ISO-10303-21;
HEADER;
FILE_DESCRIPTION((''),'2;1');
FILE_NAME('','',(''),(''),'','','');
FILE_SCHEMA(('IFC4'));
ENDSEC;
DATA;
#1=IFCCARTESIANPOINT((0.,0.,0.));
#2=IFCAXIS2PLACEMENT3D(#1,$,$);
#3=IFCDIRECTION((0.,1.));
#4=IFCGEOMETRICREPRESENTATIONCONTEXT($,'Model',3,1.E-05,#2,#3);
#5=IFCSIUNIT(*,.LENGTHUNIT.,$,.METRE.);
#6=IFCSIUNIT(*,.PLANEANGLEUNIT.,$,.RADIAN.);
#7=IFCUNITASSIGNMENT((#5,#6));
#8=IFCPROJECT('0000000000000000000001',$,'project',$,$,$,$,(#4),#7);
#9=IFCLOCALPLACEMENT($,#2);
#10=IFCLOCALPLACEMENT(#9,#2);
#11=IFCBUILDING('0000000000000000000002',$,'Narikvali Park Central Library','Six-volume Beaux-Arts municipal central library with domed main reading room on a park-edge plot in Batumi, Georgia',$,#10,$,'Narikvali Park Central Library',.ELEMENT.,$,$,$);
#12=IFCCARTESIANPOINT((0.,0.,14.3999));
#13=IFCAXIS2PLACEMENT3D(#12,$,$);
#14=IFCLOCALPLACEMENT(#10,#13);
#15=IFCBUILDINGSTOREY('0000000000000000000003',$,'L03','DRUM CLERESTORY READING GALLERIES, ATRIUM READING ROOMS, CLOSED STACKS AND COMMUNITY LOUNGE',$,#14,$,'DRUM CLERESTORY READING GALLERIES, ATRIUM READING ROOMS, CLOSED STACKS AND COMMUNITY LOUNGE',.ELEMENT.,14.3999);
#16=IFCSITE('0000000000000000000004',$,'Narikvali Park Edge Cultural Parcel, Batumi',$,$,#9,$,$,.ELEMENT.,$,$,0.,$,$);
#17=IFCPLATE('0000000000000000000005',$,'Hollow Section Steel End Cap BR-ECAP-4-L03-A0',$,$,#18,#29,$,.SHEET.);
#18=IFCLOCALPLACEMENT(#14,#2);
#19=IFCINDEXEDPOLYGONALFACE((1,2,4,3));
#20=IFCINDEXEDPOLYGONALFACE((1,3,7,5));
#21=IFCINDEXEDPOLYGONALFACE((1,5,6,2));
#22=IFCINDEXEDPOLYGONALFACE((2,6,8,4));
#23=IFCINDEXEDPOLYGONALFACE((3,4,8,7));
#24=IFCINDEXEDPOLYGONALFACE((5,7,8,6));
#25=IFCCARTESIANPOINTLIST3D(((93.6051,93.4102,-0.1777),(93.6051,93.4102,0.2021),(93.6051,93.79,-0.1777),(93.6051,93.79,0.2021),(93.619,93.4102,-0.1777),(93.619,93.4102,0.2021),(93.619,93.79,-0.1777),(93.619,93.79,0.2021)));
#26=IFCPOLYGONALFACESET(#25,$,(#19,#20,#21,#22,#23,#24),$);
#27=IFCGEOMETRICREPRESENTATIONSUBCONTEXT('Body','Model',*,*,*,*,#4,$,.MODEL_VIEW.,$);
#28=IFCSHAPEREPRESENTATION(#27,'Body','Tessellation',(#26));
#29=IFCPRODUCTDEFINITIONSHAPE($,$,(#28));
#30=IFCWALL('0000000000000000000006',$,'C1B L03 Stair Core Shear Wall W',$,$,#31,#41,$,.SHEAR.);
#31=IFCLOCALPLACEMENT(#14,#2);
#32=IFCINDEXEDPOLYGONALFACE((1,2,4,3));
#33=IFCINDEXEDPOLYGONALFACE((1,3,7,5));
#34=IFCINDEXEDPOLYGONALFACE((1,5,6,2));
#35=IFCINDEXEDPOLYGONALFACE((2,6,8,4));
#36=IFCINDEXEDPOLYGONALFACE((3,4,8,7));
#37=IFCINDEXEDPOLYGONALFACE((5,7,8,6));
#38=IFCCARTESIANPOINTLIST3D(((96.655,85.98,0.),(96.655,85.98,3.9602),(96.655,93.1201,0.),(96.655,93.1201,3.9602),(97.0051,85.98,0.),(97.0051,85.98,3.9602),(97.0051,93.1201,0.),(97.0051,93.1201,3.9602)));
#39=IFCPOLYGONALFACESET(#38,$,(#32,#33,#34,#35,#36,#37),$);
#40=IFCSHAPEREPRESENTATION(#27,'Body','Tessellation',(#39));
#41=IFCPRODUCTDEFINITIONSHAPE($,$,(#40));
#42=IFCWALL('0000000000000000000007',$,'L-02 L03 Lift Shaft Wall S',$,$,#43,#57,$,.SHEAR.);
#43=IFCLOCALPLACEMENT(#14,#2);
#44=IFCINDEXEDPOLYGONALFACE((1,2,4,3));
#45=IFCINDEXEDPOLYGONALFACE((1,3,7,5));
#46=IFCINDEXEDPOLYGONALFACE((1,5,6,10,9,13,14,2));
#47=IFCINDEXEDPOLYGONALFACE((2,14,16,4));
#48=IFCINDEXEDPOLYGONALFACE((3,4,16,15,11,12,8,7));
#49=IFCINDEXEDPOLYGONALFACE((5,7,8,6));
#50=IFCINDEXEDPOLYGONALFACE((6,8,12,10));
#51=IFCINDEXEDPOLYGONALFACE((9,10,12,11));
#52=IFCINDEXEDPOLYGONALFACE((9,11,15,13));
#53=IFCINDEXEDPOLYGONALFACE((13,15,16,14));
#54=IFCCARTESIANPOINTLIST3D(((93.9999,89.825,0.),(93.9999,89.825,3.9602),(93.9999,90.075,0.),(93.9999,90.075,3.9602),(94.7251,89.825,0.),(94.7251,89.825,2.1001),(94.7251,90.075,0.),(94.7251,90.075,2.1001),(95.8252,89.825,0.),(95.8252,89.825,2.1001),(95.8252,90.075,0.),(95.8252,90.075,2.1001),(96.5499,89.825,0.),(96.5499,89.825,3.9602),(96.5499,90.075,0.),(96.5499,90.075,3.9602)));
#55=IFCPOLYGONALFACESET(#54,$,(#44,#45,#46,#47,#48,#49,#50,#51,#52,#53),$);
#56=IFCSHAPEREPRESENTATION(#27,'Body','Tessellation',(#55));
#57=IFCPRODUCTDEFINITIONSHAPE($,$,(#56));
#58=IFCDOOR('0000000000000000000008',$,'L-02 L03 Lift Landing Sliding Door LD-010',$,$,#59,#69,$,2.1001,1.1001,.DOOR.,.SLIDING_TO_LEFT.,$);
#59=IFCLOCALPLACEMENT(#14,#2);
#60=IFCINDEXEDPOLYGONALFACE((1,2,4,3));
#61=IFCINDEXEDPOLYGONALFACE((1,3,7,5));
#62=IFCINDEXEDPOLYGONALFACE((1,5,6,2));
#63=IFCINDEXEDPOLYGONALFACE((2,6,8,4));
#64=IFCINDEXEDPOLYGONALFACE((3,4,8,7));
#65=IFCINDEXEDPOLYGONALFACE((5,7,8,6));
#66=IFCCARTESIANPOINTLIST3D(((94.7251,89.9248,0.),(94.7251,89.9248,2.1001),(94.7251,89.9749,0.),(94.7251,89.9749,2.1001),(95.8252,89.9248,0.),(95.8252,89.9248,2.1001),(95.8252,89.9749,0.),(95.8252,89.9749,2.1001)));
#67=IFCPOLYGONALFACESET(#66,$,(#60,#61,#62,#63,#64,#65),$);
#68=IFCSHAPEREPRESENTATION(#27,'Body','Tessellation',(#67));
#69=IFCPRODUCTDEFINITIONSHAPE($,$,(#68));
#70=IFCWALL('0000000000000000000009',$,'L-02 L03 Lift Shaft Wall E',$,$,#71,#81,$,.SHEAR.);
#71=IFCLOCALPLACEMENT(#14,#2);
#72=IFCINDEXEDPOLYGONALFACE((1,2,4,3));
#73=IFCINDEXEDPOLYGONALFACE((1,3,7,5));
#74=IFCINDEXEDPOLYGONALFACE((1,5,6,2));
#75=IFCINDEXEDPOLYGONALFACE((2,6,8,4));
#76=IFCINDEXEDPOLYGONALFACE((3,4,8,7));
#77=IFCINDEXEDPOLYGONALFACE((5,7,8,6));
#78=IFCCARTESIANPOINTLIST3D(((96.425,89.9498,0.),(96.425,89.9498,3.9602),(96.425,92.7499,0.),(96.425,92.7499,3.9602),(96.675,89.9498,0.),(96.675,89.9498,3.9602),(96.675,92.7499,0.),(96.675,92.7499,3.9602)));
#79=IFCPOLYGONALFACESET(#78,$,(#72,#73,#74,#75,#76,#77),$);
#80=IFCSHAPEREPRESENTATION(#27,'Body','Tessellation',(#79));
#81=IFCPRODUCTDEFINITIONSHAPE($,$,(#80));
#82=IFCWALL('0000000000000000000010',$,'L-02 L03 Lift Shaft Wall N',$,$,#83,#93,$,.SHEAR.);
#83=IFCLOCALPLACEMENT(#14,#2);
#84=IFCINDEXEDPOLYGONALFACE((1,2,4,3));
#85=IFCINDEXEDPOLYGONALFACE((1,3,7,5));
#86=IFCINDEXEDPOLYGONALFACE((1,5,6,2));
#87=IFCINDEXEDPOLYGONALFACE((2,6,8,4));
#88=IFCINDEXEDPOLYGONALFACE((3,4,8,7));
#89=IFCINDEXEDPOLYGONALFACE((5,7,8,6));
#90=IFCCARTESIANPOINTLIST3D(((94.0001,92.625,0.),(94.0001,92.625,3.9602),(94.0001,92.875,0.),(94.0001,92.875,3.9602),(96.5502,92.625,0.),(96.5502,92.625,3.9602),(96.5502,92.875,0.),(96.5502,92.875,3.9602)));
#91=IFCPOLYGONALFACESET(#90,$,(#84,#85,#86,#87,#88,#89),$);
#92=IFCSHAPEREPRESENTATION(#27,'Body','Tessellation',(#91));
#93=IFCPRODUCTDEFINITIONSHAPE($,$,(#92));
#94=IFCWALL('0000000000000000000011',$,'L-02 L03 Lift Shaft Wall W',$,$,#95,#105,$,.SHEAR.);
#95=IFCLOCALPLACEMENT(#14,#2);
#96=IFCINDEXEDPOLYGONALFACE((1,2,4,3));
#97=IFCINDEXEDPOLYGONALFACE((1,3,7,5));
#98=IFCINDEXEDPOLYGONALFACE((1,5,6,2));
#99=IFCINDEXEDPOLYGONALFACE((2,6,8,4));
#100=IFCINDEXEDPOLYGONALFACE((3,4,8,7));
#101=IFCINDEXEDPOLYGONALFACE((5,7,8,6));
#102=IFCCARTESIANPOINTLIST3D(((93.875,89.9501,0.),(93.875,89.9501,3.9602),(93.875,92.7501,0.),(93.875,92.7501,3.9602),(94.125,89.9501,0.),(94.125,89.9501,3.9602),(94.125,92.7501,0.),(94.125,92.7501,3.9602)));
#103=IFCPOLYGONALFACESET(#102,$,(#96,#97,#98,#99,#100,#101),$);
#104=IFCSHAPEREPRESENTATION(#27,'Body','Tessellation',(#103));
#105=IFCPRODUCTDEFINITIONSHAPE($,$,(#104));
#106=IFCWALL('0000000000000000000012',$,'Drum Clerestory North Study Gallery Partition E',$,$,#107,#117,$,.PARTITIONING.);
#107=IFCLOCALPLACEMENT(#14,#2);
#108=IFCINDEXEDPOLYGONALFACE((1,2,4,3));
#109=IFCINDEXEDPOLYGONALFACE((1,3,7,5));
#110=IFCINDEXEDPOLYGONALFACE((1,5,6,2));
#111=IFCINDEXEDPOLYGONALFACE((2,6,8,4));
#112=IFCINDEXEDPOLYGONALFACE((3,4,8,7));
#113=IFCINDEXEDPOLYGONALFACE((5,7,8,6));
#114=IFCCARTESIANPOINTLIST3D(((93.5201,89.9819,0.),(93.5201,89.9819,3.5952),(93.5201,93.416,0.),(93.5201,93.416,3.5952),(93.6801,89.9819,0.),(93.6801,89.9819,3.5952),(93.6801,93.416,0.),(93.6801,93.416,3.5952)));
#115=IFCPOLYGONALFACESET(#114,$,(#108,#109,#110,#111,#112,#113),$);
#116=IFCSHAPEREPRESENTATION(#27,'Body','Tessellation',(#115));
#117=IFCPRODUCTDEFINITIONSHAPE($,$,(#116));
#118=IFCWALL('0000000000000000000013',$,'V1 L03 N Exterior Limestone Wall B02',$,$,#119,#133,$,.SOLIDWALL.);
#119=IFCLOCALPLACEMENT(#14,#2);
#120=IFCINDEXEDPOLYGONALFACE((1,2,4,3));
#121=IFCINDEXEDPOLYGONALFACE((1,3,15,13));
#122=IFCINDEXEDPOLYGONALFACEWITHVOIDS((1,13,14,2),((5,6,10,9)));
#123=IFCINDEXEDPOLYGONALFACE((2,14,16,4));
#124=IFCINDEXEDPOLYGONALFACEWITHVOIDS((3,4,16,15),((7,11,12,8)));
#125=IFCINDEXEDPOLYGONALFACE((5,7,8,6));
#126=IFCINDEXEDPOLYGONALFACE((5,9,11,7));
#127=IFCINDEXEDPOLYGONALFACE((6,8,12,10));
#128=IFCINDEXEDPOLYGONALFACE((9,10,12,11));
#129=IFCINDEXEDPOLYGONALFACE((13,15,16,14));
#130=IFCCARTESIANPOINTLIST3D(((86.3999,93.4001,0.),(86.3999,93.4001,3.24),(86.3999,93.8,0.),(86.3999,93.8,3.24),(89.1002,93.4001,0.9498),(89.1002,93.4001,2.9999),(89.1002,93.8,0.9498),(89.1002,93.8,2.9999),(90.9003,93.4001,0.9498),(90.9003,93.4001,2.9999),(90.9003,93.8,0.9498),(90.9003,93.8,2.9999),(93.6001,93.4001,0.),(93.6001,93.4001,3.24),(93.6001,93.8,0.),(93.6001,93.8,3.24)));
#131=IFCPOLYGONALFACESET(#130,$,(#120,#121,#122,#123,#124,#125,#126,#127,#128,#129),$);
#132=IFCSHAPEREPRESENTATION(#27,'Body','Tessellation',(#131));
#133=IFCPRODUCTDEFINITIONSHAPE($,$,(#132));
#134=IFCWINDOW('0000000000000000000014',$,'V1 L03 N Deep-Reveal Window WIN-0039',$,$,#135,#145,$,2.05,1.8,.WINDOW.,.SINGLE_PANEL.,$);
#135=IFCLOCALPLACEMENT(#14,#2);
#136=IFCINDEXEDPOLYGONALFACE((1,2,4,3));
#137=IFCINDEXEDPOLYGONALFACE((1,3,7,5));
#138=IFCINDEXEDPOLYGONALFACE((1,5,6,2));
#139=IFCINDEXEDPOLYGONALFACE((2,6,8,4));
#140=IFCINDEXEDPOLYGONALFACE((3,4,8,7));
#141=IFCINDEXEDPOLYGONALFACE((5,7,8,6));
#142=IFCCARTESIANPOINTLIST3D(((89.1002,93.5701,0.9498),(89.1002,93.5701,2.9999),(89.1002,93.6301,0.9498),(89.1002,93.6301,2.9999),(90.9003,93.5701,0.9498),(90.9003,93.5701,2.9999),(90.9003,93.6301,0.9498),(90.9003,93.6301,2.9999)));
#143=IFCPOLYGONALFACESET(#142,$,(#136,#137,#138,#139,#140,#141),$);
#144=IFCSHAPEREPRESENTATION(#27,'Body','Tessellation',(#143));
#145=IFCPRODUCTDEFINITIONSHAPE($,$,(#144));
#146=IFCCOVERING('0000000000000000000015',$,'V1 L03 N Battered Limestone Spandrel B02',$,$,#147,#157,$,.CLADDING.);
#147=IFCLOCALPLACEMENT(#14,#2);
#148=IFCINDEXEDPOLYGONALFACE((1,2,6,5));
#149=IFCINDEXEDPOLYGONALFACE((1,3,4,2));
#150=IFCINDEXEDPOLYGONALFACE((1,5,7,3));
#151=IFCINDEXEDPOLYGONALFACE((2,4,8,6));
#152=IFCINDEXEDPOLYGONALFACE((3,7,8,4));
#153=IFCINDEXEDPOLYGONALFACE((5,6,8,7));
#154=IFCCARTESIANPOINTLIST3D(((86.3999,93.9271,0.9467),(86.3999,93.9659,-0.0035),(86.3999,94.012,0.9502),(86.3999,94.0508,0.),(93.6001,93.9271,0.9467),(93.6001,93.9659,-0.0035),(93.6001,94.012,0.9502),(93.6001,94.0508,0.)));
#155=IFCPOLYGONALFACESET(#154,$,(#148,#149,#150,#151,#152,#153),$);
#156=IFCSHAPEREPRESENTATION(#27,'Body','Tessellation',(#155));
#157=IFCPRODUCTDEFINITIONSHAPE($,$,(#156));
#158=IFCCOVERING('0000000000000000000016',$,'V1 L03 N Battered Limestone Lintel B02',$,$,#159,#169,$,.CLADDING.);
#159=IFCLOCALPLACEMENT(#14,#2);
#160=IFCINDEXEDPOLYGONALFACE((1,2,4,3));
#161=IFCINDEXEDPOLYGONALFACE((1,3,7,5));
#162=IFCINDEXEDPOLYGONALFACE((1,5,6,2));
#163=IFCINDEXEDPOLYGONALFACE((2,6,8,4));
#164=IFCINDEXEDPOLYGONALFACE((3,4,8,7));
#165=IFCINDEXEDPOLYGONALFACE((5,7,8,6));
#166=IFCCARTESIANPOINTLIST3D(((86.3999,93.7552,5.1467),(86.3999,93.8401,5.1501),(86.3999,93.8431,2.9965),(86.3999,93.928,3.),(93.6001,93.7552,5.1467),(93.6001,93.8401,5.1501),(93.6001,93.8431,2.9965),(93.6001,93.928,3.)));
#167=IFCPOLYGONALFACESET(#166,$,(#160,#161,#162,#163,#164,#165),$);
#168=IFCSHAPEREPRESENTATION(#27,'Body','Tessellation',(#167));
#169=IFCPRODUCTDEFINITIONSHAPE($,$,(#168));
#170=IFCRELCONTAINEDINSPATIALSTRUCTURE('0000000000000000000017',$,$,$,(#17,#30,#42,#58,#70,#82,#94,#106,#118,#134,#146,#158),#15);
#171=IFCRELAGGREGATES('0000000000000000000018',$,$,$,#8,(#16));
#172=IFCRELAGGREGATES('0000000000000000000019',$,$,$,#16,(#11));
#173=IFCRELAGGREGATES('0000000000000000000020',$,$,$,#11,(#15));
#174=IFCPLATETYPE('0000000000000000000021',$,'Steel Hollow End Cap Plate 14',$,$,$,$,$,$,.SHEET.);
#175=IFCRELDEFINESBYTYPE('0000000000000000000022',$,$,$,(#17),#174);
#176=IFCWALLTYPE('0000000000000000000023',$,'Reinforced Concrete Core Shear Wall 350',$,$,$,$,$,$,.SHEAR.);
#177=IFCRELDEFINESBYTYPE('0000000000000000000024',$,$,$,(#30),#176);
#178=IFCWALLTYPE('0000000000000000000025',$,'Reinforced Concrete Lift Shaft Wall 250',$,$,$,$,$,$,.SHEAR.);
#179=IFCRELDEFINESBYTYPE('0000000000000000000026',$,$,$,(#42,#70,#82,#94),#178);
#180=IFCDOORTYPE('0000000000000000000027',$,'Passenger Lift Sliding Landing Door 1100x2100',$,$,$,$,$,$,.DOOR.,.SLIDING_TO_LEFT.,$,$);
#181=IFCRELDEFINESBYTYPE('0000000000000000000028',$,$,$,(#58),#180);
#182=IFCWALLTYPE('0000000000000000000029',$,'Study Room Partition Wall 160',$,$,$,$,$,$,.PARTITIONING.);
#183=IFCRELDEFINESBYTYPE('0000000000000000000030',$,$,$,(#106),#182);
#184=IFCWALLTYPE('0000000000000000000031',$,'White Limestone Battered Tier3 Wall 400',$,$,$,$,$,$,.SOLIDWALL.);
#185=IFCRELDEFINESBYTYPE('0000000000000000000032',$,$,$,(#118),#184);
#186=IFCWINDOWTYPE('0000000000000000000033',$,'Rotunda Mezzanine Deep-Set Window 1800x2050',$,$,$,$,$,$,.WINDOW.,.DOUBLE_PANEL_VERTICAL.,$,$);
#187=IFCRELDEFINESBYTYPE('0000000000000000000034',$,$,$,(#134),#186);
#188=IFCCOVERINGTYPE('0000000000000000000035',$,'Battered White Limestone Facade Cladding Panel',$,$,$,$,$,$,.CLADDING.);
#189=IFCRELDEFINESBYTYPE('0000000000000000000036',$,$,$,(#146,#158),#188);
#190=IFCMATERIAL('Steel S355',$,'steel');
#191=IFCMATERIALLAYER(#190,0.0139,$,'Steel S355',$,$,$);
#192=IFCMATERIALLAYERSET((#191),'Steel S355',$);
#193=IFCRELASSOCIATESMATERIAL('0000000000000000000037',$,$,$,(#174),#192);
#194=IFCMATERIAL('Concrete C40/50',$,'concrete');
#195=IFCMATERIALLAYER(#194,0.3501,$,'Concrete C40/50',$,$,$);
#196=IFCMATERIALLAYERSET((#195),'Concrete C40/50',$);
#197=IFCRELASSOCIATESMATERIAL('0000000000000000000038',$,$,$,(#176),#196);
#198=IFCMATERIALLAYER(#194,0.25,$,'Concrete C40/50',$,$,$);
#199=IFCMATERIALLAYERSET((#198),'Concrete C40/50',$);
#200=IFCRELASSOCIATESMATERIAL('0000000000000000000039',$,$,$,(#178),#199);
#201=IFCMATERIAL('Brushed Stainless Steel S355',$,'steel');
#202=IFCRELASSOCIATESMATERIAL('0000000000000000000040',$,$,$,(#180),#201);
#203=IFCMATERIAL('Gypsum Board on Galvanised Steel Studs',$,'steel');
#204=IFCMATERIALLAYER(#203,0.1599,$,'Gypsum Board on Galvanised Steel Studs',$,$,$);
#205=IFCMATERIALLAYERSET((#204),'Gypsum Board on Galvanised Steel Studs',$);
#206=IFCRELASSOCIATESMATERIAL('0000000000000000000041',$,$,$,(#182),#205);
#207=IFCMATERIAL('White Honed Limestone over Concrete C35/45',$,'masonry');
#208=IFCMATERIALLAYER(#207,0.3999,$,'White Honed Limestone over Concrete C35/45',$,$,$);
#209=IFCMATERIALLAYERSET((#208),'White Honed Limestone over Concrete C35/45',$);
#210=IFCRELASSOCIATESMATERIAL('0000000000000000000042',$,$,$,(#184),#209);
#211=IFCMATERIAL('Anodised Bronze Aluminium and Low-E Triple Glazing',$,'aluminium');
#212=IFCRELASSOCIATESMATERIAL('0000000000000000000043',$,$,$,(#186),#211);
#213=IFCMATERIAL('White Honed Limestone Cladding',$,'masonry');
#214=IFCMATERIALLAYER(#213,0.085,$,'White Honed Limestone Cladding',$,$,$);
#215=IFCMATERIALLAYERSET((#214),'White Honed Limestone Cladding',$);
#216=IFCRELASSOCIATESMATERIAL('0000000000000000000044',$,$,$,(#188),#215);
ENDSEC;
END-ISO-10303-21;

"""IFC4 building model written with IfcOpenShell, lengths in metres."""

from ifc_helpers import new_model, si_unit, direction, frame, frame_2d, origin, origin_2d, place, context, subcontext, project, spatial, polyline, rectangle, outline, extrude, material, layer, layer_set, type_object, element, fill, save


model = new_model("IFC4")

# Units and contexts
model_context = context("Model", 3, precision=1e-05, world=origin(), true_north=direction((0.0, 1.0)))
body_context = subcontext(model_context, "Body", "Model", "MODEL_VIEW")
ifc_project = project(units=[si_unit("LENGTHUNIT", "METRE"), si_unit("PLANEANGLEUNIT", "RADIAN")], contexts=[model_context])

# Site, building, storey
site_placement = place(None, origin())
site = spatial("IfcSite", under=ifc_project, at=site_placement, Name="Narikvali Park Edge Cultural Parcel, Batumi", CompositionType="ELEMENT", RefElevation=0.0)
building_placement = place(site_placement, origin())
building = spatial("IfcBuilding", under=site, at=building_placement, Name="Narikvali Park Central Library", Description="Six-volume Beaux-Arts municipal central library with domed main reading room on a park-edge plot in Batumi, Georgia", LongName="Narikvali Park Central Library", CompositionType="ELEMENT")
storey_placement = place(building_placement, frame((0.0, 0.0, 14.3999)))
storey = spatial("IfcBuildingStorey", under=building, at=storey_placement, Name="L03", Description="DRUM CLERESTORY READING GALLERIES, ATRIUM READING ROOMS, CLOSED STACKS AND COMMUNITY LOUNGE", LongName="DRUM CLERESTORY READING GALLERIES, ATRIUM READING ROOMS, CLOSED STACKS AND COMMUNITY LOUNGE", CompositionType="ELEMENT", Elevation=14.3999)

# Shared definitions
ifc_material_1 = material(Name="Steel S355", Category="steel")

# Plate
ifc_layer_1 = layer(ifc_material_1, 0.0139, Name="Steel S355")
ifc_layer_set_1 = layer_set([ifc_layer_1], Name="Steel S355")
plate_type_1 = type_object("IfcPlateType", Name="Steel Hollow End Cap Plate 14", PredefinedType="SHEET", material=ifc_layer_set_1)
plate_1_placement = place(storey_placement, frame((93.6121, 93.6001, -0.1777), z_axis=(0.0, 0.0, 1.0), x_axis=(-1.0, 0.0, 0.0)))
element("IfcPlate", 1, at=plate_1_placement, inside=storey, type_object=plate_type_1, Name="Hollow Section Steel End Cap BR-ECAP-4-L03-A0", PredefinedType="SHEET", context=body_context, shape_type="SweptSolid", body=[
    extrude(rectangle(XDim=0.0139, YDim=0.3799, at=origin_2d()), origin(), (0.0, 0.0, 1.0), 0.3799),
])

# Wall
ifc_material_2 = material(Name="Concrete C40/50", Category="concrete")
ifc_layer_2 = layer(ifc_material_2, 0.3501, Name="Concrete C40/50")
ifc_layer_set_2 = layer_set([ifc_layer_2], Name="Concrete C40/50")
wall_type_1 = type_object("IfcWallType", Name="Reinforced Concrete Core Shear Wall 350", PredefinedType="SHEAR", material=ifc_layer_set_2)
wall_1_placement = place(storey_placement, frame((96.8301, 93.1201, 0.0), z_axis=(0.0, 0.0, 1.0), x_axis=(0.0, -1.0, 0.0)))
element("IfcWall", 2, at=wall_1_placement, inside=storey, type_object=wall_type_1, Name="C1B L03 Stair Core Shear Wall W", PredefinedType="SHEAR", context=body_context, shape_type="SweptSolid", body=[
    extrude(rectangle(XDim=7.1401, YDim=0.3501, at=frame_2d((3.5701, 0.0))), origin(), (0.0, 0.0, 1.0), 3.9602),
])

# Wall, opening, door
ifc_layer_3 = layer(ifc_material_2, 0.25, Name="Concrete C40/50")
ifc_layer_set_3 = layer_set([ifc_layer_3], Name="Concrete C40/50")
wall_type_2 = type_object("IfcWallType", Name="Reinforced Concrete Lift Shaft Wall 250", PredefinedType="SHEAR", material=ifc_layer_set_3)
wall_2_placement = place(storey_placement, frame((94.0, 89.95, 0.0), z_axis=(0.0, 0.0, 1.0), x_axis=(1.0, 0.0, 0.0)))
wall_2 = element("IfcWall", 3, at=wall_2_placement, inside=storey, type_object=wall_type_2, Name="L-02 L03 Lift Shaft Wall S", PredefinedType="SHEAR", context=body_context, shape_type="SweptSolid", body=[
    extrude(rectangle(XDim=2.55, YDim=0.25, at=frame_2d((1.2749, 0.0))), origin(), (0.0, 0.0, 1.0), 3.9602),
])
opening_1_placement = place(wall_2_placement, frame((0.7251, 0.0, 0.0)))
opening_1 = element("IfcOpeningElement", 4, at=opening_1_placement, cuts=wall_2, PredefinedType="OPENING", context=body_context, shape_type="SweptSolid", body=[
    extrude(rectangle(XDim=1.1001, YDim=2.1001, at=frame_2d((0.55, 1.05))), frame((0.0, 0.137, 0.0), z_axis=(0.0, -1.0, 0.0), x_axis=(1.0, 0.0, 0.0)), (0.0, 0.0, 1.0), 0.2739),
])
ifc_material_3 = material(Name="Brushed Stainless Steel S355", Category="steel")
door_type = type_object("IfcDoorType", Name="Passenger Lift Sliding Landing Door 1100x2100", OperationType="SLIDING_TO_LEFT", PredefinedType="DOOR", material=ifc_material_3)
door_placement = place(opening_1_placement, origin())
door = element("IfcDoor", 5, at=door_placement, inside=storey, type_object=door_type, Name="L-02 L03 Lift Landing Sliding Door LD-010", OperationType="SLIDING_TO_LEFT", OverallHeight=2.1001, OverallWidth=1.1001, PredefinedType="DOOR", context=body_context, shape_type="SweptSolid", body=[
    extrude(rectangle(XDim=1.1001, YDim=2.1001, at=frame_2d((0.55, 1.05))), frame((0.0, 0.0249, 0.0), z_axis=(0.0, -1.0, 0.0), x_axis=(1.0, 0.0, 0.0)), (0.0, 0.0, 1.0), 0.05),
])
fill(opening_1, door)

# Walls
wall_3_placement = place(storey_placement, frame((96.55, 89.95, 0.0), z_axis=(0.0, 0.0, 1.0), x_axis=(0.0, 1.0, 0.0)))
element("IfcWall", 6, at=wall_3_placement, inside=storey, type_object=wall_type_2, Name="L-02 L03 Lift Shaft Wall E", PredefinedType="SHEAR", context=body_context, shape_type="SweptSolid", body=[
    extrude(rectangle(XDim=2.8, YDim=0.25, at=frame_2d((1.3999, 0.0))), origin(), (0.0, 0.0, 1.0), 3.9602),
])
wall_4_placement = place(storey_placement, frame((96.55, 92.75, 0.0), z_axis=(0.0, 0.0, 1.0), x_axis=(-1.0, 0.0, 0.0)))
element("IfcWall", 7, at=wall_4_placement, inside=storey, type_object=wall_type_2, Name="L-02 L03 Lift Shaft Wall N", PredefinedType="SHEAR", context=body_context, shape_type="SweptSolid", body=[
    extrude(rectangle(XDim=2.55, YDim=0.25, at=frame_2d((1.2749, 0.0))), origin(), (0.0, 0.0, 1.0), 3.9602),
])
wall_5_placement = place(storey_placement, frame((94.0, 92.75, 0.0), z_axis=(0.0, 0.0, 1.0), x_axis=(0.0, -1.0, 0.0)))
element("IfcWall", 8, at=wall_5_placement, inside=storey, type_object=wall_type_2, Name="L-02 L03 Lift Shaft Wall W", PredefinedType="SHEAR", context=body_context, shape_type="SweptSolid", body=[
    extrude(rectangle(XDim=2.8, YDim=0.25, at=frame_2d((1.3999, 0.0))), origin(), (0.0, 0.0, 1.0), 3.9602),
])
ifc_material_4 = material(Name="Gypsum Board on Galvanised Steel Studs", Category="steel")
ifc_layer_4 = layer(ifc_material_4, 0.1599, Name="Gypsum Board on Galvanised Steel Studs")
ifc_layer_set_4 = layer_set([ifc_layer_4], Name="Gypsum Board on Galvanised Steel Studs")
wall_type_3 = type_object("IfcWallType", Name="Study Room Partition Wall 160", PredefinedType="PARTITIONING", material=ifc_layer_set_4)
wall_6_placement = place(storey_placement, frame((93.6001, 89.9819, 0.0), z_axis=(0.0, 0.0, 1.0), x_axis=(0.0, 1.0, 0.0)))
element("IfcWall", 9, at=wall_6_placement, inside=storey, type_object=wall_type_3, Name="Drum Clerestory North Study Gallery Partition E", PredefinedType="PARTITIONING", context=body_context, shape_type="SweptSolid", body=[
    extrude(rectangle(XDim=3.4341, YDim=0.1599, at=frame_2d((1.717, 0.0))), origin(), (0.0, 0.0, 1.0), 3.5952),
])

# Wall, opening, window
ifc_material_5 = material(Name="White Honed Limestone over Concrete C35/45", Category="masonry")
ifc_layer_5 = layer(ifc_material_5, 0.3999, Name="White Honed Limestone over Concrete C35/45")
ifc_layer_set_5 = layer_set([ifc_layer_5], Name="White Honed Limestone over Concrete C35/45")
wall_type_4 = type_object("IfcWallType", Name="White Limestone Battered Tier3 Wall 400", PredefinedType="SOLIDWALL", material=ifc_layer_set_5)
wall_7_placement = place(storey_placement, frame((93.6001, 93.6001, 0.0), z_axis=(0.0, 0.0, 1.0), x_axis=(-1.0, 0.0, 0.0)))
wall_7 = element("IfcWall", 10, at=wall_7_placement, inside=storey, type_object=wall_type_4, Name="V1 L03 N Exterior Limestone Wall B02", PredefinedType="SOLIDWALL", context=body_context, shape_type="SweptSolid", body=[
    extrude(rectangle(XDim=7.2002, YDim=0.3999, at=frame_2d((3.6001, 0.0))), origin(), (0.0, 0.0, 1.0), 3.24),
])
opening_2_placement = place(wall_7_placement, frame((2.7, 0.0, 0.95)))
opening_2 = element("IfcOpeningElement", 11, at=opening_2_placement, cuts=wall_7, PredefinedType="OPENING", context=body_context, shape_type="SweptSolid", body=[
    extrude(rectangle(XDim=1.8, YDim=2.05, at=frame_2d((0.8999, 1.0249))), frame((0.0, 0.2119, 0.0), z_axis=(0.0, -1.0, 0.0), x_axis=(1.0, 0.0, 0.0)), (0.0, 0.0, 1.0), 0.4238),
])
ifc_material_6 = material(Name="Anodised Bronze Aluminium and Low-E Triple Glazing", Category="aluminium")
window_type = type_object("IfcWindowType", Name="Rotunda Mezzanine Deep-Set Window 1800x2050", PartitioningType="DOUBLE_PANEL_VERTICAL", PredefinedType="WINDOW", material=ifc_material_6)
window_placement = place(opening_2_placement, origin())
window = element("IfcWindow", 12, at=window_placement, inside=storey, type_object=window_type, Name="V1 L03 N Deep-Reveal Window WIN-0039", OverallHeight=2.05, OverallWidth=1.8, PartitioningType="SINGLE_PANEL", PredefinedType="WINDOW", context=body_context, shape_type="SweptSolid", body=[
    extrude(rectangle(XDim=1.8, YDim=2.05, at=frame_2d((0.8999, 1.0249))), frame((0.0, 0.03, 0.0), z_axis=(0.0, -1.0, 0.0), x_axis=(1.0, 0.0, 0.0)), (0.0, 0.0, 1.0), 0.0601),
])
fill(opening_2, window)

# Coverings
ifc_material_7 = material(Name="White Honed Limestone Cladding", Category="masonry")
ifc_layer_6 = layer(ifc_material_7, 0.085, Name="White Honed Limestone Cladding")
ifc_layer_set_6 = layer_set([ifc_layer_6], Name="White Honed Limestone Cladding")
covering_type = type_object("IfcCoveringType", Name="Battered White Limestone Facade Cladding Panel", PredefinedType="CLADDING", material=ifc_layer_set_6)
covering_1_placement = place(storey_placement, frame((93.6001, 94.0508, 0.0), z_axis=(0.0, 0.999167, 0.040819), x_axis=(-1.0, 0.0, 0.0)))
element("IfcCovering", 13, at=covering_1_placement, inside=storey, type_object=covering_type, Name="V1 L03 N Battered Limestone Spandrel B02", PredefinedType="CLADDING", context=body_context, shape_type="SweptSolid", body=[
    extrude(outline(polyline([(0.0, 0.0), (7.2002, 0.0), (7.2002, 0.951), (0.0, 0.951), (0.0, 0.0)])), origin(), (0.0, 0.0, -1.0), 0.085),
])
covering_2_placement = place(storey_placement, frame((93.6001, 93.928, 3.0), z_axis=(0.0, 0.999166, 0.040842), x_axis=(-1.0, 0.0, 0.0)))
element("IfcCovering", 14, at=covering_2_placement, inside=storey, type_object=covering_type, Name="V1 L03 N Battered Limestone Lintel B02", PredefinedType="CLADDING", context=body_context, shape_type="SweptSolid", body=[
    extrude(outline(polyline([(0.0, 0.0), (7.2002, 0.0), (7.2002, 2.1519), (0.0, 2.1519), (0.0, 0.0)])), origin(), (0.0, 0.0, -1.0), 0.085),
])

save(model, "model.ifc")
